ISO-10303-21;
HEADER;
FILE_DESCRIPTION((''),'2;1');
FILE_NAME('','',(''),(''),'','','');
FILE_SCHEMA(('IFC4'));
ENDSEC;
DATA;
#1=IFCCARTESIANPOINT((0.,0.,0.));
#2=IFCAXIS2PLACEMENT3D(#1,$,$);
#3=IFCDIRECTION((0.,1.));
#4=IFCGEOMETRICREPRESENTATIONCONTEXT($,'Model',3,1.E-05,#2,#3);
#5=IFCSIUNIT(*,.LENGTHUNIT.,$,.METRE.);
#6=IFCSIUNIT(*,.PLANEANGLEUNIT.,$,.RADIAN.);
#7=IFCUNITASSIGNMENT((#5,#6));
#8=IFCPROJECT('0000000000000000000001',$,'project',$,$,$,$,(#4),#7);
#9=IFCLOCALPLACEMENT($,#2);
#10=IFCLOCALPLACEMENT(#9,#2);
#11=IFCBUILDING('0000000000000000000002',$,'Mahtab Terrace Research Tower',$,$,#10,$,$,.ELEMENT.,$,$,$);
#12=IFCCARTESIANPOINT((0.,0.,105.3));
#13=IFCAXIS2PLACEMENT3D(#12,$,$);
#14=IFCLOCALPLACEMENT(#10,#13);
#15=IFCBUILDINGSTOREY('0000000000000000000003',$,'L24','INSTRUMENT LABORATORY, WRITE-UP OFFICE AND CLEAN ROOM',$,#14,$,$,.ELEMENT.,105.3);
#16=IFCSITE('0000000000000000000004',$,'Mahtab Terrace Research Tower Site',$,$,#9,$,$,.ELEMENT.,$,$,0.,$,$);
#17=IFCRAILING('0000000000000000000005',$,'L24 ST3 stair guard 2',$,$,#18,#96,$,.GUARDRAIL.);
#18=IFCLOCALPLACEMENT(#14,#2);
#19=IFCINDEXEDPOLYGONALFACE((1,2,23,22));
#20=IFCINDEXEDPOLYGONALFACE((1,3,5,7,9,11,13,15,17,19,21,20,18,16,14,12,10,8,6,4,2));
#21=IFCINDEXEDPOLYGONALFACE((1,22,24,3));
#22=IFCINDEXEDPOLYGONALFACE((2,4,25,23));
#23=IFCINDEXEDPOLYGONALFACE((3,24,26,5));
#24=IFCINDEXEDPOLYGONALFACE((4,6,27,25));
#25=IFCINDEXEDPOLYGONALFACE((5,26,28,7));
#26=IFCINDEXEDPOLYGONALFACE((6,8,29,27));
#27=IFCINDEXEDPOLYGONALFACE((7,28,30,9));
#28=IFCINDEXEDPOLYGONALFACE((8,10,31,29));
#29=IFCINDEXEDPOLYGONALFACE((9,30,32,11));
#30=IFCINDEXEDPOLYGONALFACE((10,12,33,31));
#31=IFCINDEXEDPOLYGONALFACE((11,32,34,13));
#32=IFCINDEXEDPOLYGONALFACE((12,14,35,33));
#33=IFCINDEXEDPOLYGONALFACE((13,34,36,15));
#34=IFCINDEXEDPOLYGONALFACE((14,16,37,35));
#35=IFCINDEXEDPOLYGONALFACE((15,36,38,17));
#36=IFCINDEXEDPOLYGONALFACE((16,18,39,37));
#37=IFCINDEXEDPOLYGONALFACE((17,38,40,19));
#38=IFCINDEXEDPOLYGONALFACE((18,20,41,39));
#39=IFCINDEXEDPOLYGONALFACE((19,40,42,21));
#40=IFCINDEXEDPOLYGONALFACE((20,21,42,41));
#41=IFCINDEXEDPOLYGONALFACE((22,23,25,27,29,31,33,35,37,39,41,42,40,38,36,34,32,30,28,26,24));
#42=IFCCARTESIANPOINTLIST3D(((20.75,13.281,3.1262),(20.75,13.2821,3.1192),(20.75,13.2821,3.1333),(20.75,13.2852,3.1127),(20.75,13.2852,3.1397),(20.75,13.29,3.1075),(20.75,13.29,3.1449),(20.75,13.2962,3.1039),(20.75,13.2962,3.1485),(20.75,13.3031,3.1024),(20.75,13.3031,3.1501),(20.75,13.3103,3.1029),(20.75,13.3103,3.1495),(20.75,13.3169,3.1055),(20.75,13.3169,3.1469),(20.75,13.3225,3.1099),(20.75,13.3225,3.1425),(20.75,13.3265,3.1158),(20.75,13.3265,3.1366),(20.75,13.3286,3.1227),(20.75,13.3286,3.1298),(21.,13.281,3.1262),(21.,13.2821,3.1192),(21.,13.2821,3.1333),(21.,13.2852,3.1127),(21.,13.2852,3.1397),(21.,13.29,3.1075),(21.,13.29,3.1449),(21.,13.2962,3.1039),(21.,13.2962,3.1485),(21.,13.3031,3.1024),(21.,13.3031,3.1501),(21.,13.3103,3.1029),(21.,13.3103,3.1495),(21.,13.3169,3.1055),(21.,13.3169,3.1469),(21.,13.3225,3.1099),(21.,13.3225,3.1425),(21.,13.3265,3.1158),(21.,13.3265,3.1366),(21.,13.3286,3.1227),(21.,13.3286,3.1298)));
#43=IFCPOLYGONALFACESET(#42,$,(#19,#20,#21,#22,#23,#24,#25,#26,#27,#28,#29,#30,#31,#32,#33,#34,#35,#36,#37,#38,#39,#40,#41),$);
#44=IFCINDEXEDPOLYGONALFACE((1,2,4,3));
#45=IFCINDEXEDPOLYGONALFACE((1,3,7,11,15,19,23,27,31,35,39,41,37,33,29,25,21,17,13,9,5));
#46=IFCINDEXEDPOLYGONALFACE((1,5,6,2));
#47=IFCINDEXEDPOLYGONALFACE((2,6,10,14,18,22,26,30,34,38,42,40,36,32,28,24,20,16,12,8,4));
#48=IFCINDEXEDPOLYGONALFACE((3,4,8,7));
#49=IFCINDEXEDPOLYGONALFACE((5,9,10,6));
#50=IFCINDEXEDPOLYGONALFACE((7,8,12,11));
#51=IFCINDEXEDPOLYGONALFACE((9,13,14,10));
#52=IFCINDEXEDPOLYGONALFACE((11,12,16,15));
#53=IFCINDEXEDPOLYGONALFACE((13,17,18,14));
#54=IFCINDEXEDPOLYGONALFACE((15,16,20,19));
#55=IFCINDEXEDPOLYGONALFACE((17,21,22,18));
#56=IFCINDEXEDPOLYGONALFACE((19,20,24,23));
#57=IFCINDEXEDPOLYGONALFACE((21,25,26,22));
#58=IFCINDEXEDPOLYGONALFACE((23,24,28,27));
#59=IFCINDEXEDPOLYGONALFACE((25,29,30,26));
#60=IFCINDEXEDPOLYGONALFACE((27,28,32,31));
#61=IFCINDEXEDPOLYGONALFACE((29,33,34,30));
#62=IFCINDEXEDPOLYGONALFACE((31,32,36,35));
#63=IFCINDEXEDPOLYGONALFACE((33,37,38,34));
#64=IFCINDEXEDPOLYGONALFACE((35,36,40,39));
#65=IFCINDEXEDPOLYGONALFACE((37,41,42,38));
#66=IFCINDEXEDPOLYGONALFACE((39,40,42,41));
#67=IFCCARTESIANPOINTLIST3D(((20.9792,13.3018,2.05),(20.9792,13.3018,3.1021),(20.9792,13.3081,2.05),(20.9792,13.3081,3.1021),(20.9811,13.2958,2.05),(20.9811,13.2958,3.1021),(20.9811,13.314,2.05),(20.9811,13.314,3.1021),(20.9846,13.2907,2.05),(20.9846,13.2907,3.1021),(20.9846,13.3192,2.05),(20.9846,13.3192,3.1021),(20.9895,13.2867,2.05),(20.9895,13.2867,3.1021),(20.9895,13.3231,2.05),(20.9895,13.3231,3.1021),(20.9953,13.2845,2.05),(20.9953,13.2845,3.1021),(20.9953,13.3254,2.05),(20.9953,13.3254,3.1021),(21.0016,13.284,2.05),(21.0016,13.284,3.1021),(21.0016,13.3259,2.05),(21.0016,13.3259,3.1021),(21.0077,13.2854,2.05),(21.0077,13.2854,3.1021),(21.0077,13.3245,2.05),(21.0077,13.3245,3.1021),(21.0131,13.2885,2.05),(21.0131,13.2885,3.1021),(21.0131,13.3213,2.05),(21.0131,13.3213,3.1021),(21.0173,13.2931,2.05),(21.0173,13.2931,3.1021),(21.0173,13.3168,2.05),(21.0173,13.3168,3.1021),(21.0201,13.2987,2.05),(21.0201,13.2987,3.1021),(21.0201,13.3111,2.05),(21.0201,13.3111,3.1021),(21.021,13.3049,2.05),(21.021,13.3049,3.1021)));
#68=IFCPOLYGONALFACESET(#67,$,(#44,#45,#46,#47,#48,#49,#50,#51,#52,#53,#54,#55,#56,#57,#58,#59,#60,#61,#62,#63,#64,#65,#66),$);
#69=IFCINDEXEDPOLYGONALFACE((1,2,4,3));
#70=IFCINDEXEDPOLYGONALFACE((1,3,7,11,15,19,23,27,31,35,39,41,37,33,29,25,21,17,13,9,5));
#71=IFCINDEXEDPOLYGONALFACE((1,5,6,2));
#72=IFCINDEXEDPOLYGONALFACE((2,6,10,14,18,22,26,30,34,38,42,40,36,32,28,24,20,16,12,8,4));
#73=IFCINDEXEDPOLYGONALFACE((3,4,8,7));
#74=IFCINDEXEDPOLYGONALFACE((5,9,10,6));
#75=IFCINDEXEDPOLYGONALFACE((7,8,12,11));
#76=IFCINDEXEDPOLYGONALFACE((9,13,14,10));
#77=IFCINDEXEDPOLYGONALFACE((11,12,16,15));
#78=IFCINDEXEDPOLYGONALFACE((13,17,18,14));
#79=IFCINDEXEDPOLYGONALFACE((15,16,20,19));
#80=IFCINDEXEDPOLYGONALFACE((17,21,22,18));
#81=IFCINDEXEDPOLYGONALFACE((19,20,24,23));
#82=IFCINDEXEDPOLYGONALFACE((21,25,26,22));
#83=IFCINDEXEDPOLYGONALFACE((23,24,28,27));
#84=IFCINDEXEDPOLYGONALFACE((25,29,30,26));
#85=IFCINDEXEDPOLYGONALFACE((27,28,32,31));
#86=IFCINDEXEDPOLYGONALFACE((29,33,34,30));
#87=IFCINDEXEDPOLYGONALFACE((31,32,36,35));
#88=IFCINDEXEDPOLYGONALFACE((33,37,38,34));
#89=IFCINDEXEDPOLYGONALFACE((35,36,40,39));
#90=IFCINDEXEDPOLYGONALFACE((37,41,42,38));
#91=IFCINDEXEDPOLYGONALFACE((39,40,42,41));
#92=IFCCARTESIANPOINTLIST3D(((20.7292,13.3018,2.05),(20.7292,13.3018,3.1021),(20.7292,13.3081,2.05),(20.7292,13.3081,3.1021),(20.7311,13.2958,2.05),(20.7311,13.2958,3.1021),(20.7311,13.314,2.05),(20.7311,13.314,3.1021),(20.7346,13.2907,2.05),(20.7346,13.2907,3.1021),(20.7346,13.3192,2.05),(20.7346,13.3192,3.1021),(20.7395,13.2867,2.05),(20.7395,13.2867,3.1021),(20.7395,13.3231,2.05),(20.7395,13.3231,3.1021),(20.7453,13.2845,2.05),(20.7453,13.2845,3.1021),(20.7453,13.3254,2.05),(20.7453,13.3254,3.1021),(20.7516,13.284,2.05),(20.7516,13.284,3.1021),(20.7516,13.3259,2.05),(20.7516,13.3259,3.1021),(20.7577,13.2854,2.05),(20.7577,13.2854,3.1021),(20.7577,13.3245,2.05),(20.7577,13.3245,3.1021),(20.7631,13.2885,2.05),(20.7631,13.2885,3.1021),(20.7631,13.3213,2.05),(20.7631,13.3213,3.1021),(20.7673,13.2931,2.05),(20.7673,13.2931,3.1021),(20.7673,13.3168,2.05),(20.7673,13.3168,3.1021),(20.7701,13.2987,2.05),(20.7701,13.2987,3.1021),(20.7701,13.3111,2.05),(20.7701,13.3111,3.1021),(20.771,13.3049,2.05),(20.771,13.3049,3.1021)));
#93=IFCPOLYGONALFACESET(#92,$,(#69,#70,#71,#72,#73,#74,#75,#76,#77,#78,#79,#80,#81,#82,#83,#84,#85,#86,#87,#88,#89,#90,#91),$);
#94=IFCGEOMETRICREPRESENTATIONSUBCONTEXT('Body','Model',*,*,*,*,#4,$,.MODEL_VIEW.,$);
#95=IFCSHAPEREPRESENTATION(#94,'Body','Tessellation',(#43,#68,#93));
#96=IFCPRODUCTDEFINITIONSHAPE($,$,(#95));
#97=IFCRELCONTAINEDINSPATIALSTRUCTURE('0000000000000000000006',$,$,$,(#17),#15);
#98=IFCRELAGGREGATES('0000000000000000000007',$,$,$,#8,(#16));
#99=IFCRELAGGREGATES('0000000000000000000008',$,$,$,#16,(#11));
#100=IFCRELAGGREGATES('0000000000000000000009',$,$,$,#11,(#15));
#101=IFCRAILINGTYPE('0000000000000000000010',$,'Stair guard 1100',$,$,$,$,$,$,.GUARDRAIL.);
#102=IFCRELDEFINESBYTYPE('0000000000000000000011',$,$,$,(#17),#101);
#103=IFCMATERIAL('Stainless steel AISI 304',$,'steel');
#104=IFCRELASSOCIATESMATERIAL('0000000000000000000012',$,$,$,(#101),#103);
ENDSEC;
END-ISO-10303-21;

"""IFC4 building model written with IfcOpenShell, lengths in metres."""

from ifc_helpers import new_model, si_unit, direction, frame, origin, origin_2d, place, context, subcontext, project, spatial, circle, extrude, material, type_object, element, save


model = new_model("IFC4")

# Units and contexts
model_context = context("Model", 3, precision=1e-05, world=origin(), true_north=direction((0.0, 1.0)))
body_context = subcontext(model_context, "Body", "Model", "MODEL_VIEW")
ifc_project = project(units=[si_unit("LENGTHUNIT", "METRE"), si_unit("PLANEANGLEUNIT", "RADIAN")], contexts=[model_context])

# Site, building, storey
site_placement = place(None, origin())
site = spatial("IfcSite", under=ifc_project, at=site_placement, Name="Mahtab Terrace Research Tower Site", CompositionType="ELEMENT", RefElevation=0.0)
building_placement = place(site_placement, origin())
building = spatial("IfcBuilding", under=site, at=building_placement, Name="Mahtab Terrace Research Tower", CompositionType="ELEMENT")
storey_placement = place(building_placement, frame((0.0, 0.0, 105.3)))
storey = spatial("IfcBuildingStorey", under=building, at=storey_placement, Name="L24", Description="INSTRUMENT LABORATORY, WRITE-UP OFFICE AND CLEAN ROOM", CompositionType="ELEMENT", Elevation=105.3)

# Shared definitions
ifc_material_1 = material(Name="Stainless steel AISI 304", Category="steel")

# Railing
railing_type_1 = type_object("IfcRailingType", Name="Stair guard 1100", PredefinedType="GUARDRAIL", material=ifc_material_1)
railing_1_placement = place(storey_placement, frame((21.0, 13.3049, 2.05)))
element("IfcRailing", 1, at=railing_1_placement, inside=storey, type_object=railing_type_1, Name="L24 ST3 stair guard 2", PredefinedType="GUARDRAIL", context=body_context, shape_type="SweptSolid", body=[
    extrude(circle(Radius=0.0239, at=origin_2d()), frame((0.0, 0.0, 1.0762), z_axis=(-1.0, 0.0, 0.0), x_axis=(0.0, -1.0, 0.0)), (0.0, 0.0, 1.0), 0.25),
    extrude(circle(Radius=0.021, at=origin_2d()), origin(), (0.0, 0.0, 1.0), 1.052),
    extrude(circle(Radius=0.021, at=origin_2d()), frame((-0.25, 0.0, 0.0)), (0.0, 0.0, 1.0), 1.052),
])

save(model, "model.ifc")
